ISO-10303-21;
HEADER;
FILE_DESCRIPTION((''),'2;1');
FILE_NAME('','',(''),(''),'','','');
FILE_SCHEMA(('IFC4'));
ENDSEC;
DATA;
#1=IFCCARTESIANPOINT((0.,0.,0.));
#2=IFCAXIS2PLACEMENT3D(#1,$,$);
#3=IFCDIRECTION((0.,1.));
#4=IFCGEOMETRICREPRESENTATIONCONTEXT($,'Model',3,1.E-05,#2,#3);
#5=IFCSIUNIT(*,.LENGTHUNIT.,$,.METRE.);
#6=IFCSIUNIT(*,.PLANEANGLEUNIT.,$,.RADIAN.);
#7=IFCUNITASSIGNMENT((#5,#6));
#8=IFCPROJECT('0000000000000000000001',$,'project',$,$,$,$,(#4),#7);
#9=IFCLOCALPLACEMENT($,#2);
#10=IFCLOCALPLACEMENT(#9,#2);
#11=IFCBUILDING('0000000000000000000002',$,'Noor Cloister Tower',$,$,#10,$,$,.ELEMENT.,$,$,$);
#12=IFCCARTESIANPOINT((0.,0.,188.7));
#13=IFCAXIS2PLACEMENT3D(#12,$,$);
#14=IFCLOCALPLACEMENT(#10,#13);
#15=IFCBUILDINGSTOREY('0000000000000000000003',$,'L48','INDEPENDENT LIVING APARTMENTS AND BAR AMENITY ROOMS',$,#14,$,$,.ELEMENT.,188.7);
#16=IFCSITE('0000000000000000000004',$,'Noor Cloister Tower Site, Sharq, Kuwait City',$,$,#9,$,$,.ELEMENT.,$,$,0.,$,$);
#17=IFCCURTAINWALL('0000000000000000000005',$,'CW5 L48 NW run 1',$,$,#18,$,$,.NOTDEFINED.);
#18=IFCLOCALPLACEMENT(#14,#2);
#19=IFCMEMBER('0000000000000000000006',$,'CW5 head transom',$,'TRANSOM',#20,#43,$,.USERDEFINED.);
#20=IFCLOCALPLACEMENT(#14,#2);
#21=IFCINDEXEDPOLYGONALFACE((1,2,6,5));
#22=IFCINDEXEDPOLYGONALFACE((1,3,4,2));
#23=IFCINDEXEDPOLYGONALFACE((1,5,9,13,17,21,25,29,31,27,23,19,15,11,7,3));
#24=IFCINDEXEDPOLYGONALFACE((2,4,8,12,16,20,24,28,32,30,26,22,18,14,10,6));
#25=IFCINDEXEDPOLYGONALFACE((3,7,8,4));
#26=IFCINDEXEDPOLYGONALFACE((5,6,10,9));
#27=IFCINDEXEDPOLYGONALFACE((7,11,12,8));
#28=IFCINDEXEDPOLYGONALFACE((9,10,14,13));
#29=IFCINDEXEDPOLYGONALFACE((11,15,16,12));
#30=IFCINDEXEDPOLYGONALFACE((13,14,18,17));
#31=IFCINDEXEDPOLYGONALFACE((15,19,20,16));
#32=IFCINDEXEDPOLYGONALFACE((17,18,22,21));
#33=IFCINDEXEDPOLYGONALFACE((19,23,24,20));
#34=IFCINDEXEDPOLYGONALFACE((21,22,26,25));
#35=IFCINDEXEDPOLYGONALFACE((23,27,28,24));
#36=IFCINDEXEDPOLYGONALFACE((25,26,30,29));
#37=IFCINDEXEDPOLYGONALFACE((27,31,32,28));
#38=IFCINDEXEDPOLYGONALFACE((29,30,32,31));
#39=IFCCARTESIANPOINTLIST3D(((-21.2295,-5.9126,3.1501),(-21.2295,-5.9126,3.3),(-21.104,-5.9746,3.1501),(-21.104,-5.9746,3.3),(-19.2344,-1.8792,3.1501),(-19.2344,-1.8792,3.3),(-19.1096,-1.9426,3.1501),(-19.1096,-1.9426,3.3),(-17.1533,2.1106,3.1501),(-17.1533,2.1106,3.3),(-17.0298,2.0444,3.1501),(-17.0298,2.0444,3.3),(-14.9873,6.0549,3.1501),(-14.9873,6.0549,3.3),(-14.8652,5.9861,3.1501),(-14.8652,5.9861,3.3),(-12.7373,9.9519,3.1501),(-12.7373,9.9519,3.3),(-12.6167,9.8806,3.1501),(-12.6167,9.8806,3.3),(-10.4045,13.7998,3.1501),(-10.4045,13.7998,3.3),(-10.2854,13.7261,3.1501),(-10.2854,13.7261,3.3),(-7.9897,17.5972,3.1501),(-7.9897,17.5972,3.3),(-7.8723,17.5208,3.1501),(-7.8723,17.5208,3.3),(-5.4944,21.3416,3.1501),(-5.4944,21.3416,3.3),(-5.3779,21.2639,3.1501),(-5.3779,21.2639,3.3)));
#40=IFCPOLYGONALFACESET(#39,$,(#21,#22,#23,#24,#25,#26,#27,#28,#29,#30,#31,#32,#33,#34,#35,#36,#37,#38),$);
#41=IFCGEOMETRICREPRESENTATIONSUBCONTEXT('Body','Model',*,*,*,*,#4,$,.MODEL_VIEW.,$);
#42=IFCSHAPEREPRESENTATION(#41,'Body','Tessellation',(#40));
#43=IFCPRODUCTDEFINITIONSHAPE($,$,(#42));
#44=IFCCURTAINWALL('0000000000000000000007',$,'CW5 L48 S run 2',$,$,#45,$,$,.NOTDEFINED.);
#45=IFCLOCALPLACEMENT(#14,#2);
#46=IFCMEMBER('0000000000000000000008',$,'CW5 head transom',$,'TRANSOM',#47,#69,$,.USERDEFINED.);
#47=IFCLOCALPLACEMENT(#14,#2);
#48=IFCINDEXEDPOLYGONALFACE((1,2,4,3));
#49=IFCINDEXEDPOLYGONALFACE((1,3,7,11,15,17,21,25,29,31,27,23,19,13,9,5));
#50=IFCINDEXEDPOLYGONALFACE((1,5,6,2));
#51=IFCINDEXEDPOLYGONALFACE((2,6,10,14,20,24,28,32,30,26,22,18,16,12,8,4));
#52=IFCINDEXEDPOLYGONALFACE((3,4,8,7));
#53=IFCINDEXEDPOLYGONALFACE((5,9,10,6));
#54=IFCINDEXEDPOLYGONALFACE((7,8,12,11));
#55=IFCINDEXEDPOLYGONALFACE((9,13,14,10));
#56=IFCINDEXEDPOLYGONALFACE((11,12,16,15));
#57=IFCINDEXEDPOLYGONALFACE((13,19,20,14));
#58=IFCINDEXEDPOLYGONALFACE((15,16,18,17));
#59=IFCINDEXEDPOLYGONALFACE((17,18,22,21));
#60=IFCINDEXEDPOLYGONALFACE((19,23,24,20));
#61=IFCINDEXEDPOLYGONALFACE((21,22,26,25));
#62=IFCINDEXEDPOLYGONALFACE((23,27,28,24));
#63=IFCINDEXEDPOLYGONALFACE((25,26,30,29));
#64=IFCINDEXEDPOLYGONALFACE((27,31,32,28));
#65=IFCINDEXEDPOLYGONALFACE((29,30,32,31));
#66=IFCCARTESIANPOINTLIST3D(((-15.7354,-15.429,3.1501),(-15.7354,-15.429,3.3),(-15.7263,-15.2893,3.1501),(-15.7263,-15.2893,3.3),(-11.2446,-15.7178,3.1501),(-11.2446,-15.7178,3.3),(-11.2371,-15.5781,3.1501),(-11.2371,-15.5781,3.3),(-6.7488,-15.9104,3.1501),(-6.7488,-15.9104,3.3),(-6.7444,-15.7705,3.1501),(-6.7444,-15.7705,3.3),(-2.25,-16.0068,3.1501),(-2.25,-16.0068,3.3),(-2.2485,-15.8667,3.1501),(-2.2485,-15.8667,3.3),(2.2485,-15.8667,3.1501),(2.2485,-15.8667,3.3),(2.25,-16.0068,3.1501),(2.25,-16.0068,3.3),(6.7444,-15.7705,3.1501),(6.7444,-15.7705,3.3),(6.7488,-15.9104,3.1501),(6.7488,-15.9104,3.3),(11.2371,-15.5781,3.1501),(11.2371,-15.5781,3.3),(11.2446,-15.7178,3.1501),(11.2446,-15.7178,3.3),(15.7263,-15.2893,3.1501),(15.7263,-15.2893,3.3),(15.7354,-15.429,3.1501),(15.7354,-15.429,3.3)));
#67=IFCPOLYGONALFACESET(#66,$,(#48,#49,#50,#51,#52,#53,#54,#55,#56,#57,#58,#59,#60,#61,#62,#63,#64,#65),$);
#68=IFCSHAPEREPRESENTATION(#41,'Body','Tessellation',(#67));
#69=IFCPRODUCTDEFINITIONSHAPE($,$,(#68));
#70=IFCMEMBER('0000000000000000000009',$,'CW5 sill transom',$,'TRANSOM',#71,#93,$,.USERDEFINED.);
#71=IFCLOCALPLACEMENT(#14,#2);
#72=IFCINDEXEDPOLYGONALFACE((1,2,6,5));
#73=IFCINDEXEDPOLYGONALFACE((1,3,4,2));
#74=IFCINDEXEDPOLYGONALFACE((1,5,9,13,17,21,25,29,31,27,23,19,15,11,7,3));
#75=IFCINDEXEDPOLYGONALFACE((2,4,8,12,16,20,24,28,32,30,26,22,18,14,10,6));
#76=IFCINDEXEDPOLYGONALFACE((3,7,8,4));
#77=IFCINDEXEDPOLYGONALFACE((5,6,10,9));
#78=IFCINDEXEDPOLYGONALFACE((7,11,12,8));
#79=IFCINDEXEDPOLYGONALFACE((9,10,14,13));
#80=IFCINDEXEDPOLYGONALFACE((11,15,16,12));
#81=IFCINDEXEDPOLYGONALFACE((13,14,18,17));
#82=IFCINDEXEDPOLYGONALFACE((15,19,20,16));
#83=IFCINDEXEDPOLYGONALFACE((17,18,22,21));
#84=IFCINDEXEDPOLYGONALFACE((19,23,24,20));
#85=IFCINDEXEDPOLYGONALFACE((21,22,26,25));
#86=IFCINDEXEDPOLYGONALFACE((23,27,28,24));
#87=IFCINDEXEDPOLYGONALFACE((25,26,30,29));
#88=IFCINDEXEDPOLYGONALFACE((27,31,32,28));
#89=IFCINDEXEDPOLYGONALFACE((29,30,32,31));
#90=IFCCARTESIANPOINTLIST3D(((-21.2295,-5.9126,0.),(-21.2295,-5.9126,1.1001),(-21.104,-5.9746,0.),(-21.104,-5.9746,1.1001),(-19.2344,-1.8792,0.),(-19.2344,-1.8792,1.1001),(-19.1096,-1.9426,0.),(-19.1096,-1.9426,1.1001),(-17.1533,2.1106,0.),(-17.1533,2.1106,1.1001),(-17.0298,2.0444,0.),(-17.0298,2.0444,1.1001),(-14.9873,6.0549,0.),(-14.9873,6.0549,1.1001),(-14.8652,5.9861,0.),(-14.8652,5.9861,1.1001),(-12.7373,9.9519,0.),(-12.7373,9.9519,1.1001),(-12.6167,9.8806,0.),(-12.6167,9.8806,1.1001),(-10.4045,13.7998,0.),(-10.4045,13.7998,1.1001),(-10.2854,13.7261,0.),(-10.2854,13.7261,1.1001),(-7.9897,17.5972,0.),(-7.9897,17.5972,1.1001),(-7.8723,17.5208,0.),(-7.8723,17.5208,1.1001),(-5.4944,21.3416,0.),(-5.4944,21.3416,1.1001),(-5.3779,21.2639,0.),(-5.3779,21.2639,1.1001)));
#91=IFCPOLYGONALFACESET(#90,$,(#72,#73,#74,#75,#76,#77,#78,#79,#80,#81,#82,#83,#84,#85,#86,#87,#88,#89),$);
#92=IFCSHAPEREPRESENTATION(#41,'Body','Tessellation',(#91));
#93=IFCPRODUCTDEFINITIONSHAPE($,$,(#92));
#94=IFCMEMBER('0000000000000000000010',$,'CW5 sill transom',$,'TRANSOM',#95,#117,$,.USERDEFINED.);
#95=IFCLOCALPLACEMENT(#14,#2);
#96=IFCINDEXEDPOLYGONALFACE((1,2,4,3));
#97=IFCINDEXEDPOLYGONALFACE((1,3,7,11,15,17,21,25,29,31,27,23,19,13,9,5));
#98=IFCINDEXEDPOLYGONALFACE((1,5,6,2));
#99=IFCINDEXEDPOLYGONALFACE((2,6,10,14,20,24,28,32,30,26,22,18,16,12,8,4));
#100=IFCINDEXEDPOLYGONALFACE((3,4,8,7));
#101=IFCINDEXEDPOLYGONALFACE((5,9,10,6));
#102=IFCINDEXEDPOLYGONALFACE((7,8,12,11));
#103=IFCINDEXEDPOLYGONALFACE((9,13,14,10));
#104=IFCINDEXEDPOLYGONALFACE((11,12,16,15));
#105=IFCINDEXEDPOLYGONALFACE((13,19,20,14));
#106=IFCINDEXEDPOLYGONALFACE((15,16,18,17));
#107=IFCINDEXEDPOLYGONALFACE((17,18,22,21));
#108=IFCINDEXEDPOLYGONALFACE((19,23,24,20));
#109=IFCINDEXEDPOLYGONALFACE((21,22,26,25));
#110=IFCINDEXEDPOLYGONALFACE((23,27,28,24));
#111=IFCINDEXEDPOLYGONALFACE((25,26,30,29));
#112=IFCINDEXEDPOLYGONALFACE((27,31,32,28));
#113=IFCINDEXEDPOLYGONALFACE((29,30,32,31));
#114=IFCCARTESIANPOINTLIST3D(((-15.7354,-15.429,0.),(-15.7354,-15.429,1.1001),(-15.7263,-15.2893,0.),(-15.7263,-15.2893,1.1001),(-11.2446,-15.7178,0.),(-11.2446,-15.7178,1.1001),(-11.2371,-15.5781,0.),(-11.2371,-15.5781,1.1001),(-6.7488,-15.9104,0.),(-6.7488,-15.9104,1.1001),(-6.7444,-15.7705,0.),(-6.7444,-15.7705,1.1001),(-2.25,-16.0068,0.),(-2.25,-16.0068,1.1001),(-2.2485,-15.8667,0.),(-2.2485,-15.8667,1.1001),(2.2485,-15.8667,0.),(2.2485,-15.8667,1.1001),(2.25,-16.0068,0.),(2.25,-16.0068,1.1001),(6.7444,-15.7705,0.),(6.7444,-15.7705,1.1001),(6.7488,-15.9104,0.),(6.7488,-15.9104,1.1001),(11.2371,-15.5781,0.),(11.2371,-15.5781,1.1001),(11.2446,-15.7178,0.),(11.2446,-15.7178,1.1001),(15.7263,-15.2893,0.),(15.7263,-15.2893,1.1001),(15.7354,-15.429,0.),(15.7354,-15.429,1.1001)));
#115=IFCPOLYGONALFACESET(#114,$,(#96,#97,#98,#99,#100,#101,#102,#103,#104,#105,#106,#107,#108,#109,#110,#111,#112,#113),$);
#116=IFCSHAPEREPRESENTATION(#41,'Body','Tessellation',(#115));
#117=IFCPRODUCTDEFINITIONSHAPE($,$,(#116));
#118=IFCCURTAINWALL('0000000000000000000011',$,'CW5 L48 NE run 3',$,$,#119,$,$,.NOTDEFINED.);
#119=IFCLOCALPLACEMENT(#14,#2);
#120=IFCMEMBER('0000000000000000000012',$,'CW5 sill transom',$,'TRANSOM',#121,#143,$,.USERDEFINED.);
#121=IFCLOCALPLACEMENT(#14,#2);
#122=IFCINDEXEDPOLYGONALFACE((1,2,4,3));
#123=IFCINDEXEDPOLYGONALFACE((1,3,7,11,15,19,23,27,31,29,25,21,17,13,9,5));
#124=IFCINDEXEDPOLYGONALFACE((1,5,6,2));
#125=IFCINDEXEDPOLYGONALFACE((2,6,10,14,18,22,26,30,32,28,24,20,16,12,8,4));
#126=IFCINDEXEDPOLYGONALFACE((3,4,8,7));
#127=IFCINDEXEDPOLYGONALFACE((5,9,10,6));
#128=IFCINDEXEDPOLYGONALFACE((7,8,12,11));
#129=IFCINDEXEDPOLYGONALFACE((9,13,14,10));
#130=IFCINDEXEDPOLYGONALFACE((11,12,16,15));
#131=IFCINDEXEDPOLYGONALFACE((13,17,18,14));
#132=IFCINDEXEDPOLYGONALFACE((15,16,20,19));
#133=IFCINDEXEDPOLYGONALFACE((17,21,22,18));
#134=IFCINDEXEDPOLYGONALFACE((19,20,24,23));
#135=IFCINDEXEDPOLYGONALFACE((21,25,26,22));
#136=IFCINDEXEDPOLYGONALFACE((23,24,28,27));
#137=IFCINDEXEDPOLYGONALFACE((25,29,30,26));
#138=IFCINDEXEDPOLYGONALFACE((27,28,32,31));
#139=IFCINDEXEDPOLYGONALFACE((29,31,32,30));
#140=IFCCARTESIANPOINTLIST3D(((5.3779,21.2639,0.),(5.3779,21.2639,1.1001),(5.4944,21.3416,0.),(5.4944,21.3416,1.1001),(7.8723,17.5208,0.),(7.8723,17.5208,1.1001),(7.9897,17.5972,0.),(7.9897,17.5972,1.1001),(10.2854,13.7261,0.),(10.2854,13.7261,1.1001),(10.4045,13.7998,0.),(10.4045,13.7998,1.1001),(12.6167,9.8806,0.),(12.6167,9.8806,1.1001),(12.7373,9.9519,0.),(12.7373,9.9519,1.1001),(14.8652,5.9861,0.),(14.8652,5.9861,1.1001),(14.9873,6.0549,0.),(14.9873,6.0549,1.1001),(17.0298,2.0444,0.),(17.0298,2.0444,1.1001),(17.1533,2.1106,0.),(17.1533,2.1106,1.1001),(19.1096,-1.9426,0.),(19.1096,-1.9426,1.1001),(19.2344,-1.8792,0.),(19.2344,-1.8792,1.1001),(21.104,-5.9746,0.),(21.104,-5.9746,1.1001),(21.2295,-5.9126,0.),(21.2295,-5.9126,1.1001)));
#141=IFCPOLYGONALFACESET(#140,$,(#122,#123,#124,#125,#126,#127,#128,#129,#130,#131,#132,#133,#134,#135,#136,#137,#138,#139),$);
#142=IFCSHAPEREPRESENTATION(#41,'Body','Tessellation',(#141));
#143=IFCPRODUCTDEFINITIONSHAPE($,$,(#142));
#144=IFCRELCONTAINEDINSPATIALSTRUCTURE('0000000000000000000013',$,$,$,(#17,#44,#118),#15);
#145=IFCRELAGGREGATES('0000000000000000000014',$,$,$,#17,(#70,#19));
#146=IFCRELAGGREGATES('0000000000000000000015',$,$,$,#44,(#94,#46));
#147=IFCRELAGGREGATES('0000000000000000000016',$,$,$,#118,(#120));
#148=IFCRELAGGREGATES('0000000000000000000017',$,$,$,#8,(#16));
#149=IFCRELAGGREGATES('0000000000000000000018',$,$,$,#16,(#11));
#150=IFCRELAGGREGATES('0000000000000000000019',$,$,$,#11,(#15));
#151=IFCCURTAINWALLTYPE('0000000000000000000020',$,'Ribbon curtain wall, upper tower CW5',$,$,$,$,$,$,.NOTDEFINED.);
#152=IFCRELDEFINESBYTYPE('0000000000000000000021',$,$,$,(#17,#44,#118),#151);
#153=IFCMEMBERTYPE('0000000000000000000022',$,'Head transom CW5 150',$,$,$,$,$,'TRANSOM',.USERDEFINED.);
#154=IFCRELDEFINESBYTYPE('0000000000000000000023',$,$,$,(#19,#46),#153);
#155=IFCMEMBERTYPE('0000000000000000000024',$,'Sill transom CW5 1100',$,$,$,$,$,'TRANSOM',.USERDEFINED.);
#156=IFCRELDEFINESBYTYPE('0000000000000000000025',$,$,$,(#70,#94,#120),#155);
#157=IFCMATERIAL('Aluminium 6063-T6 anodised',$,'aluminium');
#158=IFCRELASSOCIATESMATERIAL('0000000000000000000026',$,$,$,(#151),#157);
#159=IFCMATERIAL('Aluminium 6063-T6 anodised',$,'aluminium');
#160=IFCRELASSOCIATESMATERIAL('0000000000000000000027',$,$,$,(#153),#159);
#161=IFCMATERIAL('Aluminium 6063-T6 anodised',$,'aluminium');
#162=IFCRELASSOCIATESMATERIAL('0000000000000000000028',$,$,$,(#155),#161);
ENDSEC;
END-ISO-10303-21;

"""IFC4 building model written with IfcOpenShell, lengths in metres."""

from ifc_helpers import new_model, si_unit, direction, frame, origin, place, context, subcontext, project, spatial, polyline, outline, extrude, material, type_object, element, aggregate, save


model = new_model("IFC4")

# Units and contexts
model_context = context("Model", 3, precision=1e-05, world=origin(), true_north=direction((0.0, 1.0)))
body_context = subcontext(model_context, "Body", "Model", "MODEL_VIEW")
ifc_project = project(units=[si_unit("LENGTHUNIT", "METRE"), si_unit("PLANEANGLEUNIT", "RADIAN")], contexts=[model_context])

# Site, building, storey
site_placement = place(None, origin())
site = spatial("IfcSite", under=ifc_project, at=site_placement, Name="Noor Cloister Tower Site, Sharq, Kuwait City", CompositionType="ELEMENT", RefElevation=0.0)
building_placement = place(site_placement, origin())
building = spatial("IfcBuilding", under=site, at=building_placement, Name="Noor Cloister Tower", CompositionType="ELEMENT")
storey_placement = place(building_placement, frame((0.0, 0.0, 188.7)))
storey = spatial("IfcBuildingStorey", under=building, at=storey_placement, Name="L48", Description="INDEPENDENT LIVING APARTMENTS AND BAR AMENITY ROOMS", CompositionType="ELEMENT", Elevation=188.7)

# Curtain walls, members
ifc_material_1 = material(Name="Aluminium 6063-T6 anodised", Category="aluminium")
curtain_wall_type = type_object("IfcCurtainWallType", Name="Ribbon curtain wall, upper tower CW5", PredefinedType="NOTDEFINED", material=ifc_material_1)
curtain_wall_1_placement = place(storey_placement, origin())
curtain_wall_1 = element("IfcCurtainWall", 1, at=curtain_wall_1_placement, inside=storey, type_object=curtain_wall_type, Name="CW5 L48 NW run 1", PredefinedType="NOTDEFINED")
ifc_material_2 = material(Name="Aluminium 6063-T6 anodised", Category="aluminium")
member_type_1 = type_object("IfcMemberType", Name="Head transom CW5 150", ElementType="TRANSOM", PredefinedType="USERDEFINED", material=ifc_material_2)
member_1_placement = place(storey_placement, frame((0.0, 0.0, 3.1501)))
member_1 = element("IfcMember", 2, at=member_1_placement, type_object=member_type_1, Name="CW5 head transom", ObjectType="TRANSOM", PredefinedType="USERDEFINED", context=body_context, shape_type="SweptSolid", body=[
    extrude(outline(polyline([(-5.4944, 21.3416), (-7.9897, 17.5972), (-10.4045, 13.7998), (-12.7373, 9.9519), (-14.9873, 6.0549), (-17.1533, 2.1106), (-19.2344, -1.8792), (-21.2295, -5.9126), (-21.104, -5.9746), (-19.1096, -1.9426), (-17.0298, 2.0444), (-14.8652, 5.9861), (-12.6167, 9.8806), (-10.2854, 13.7261), (-7.8723, 17.5208), (-5.3779, 21.2639), (-5.4944, 21.3416)])), origin(), (0.0, 0.0, 1.0), 0.1499),
])
curtain_wall_2_placement = place(storey_placement, origin())
curtain_wall_2 = element("IfcCurtainWall", 3, at=curtain_wall_2_placement, inside=storey, type_object=curtain_wall_type, Name="CW5 L48 S run 2", PredefinedType="NOTDEFINED")
member_2_placement = place(storey_placement, frame((0.0, 0.0, 3.1501)))
member_2 = element("IfcMember", 4, at=member_2_placement, type_object=member_type_1, Name="CW5 head transom", ObjectType="TRANSOM", PredefinedType="USERDEFINED", context=body_context, shape_type="SweptSolid", body=[
    extrude(outline(polyline([(-15.7354, -15.429), (-11.2446, -15.7178), (-6.7488, -15.9104), (-2.25, -16.0068), (2.25, -16.0068), (6.7488, -15.9104), (11.2446, -15.7178), (15.7354, -15.429), (15.7263, -15.2893), (11.2371, -15.5781), (6.7444, -15.7705), (2.2485, -15.8667), (-2.2485, -15.8667), (-6.7444, -15.7705), (-11.2371, -15.5781), (-15.7263, -15.2893), (-15.7354, -15.429)])), origin(), (0.0, 0.0, 1.0), 0.1499),
])

# Members
ifc_material_3 = material(Name="Aluminium 6063-T6 anodised", Category="aluminium")
member_type_2 = type_object("IfcMemberType", Name="Sill transom CW5 1100", ElementType="TRANSOM", PredefinedType="USERDEFINED", material=ifc_material_3)
member_3_placement = place(storey_placement, origin())
member_3 = element("IfcMember", 5, at=member_3_placement, type_object=member_type_2, Name="CW5 sill transom", ObjectType="TRANSOM", PredefinedType="USERDEFINED", context=body_context, shape_type="SweptSolid", body=[
    extrude(outline(polyline([(-5.4944, 21.3416), (-7.9897, 17.5972), (-10.4045, 13.7998), (-12.7373, 9.9519), (-14.9873, 6.0549), (-17.1533, 2.1106), (-19.2344, -1.8792), (-21.2295, -5.9126), (-21.104, -5.9746), (-19.1096, -1.9426), (-17.0298, 2.0444), (-14.8652, 5.9861), (-12.6167, 9.8806), (-10.2854, 13.7261), (-7.8723, 17.5208), (-5.3779, 21.2639), (-5.4944, 21.3416)])), origin(), (0.0, 0.0, 1.0), 1.1001),
])
aggregate(curtain_wall_1, [member_3, member_1])
member_4_placement = place(storey_placement, origin())
member_4 = element("IfcMember", 6, at=member_4_placement, type_object=member_type_2, Name="CW5 sill transom", ObjectType="TRANSOM", PredefinedType="USERDEFINED", context=body_context, shape_type="SweptSolid", body=[
    extrude(outline(polyline([(-15.7354, -15.429), (-11.2446, -15.7178), (-6.7488, -15.9104), (-2.25, -16.0068), (2.25, -16.0068), (6.7488, -15.9104), (11.2446, -15.7178), (15.7354, -15.429), (15.7263, -15.2893), (11.2371, -15.5781), (6.7444, -15.7705), (2.2485, -15.8667), (-2.2485, -15.8667), (-6.7444, -15.7705), (-11.2371, -15.5781), (-15.7263, -15.2893), (-15.7354, -15.429)])), origin(), (0.0, 0.0, 1.0), 1.1001),
])
aggregate(curtain_wall_2, [member_4, member_2])

# Curtain wall, member
curtain_wall_3_placement = place(storey_placement, origin())
curtain_wall_3 = element("IfcCurtainWall", 7, at=curtain_wall_3_placement, inside=storey, type_object=curtain_wall_type, Name="CW5 L48 NE run 3", PredefinedType="NOTDEFINED")
member_5_placement = place(storey_placement, origin())
member_5 = element("IfcMember", 8, at=member_5_placement, type_object=member_type_2, Name="CW5 sill transom", ObjectType="TRANSOM", PredefinedType="USERDEFINED", context=body_context, shape_type="SweptSolid", body=[
    extrude(outline(polyline([(21.2295, -5.9126), (19.2344, -1.8792), (17.1533, 2.1106), (14.9873, 6.0549), (12.7373, 9.9519), (10.4045, 13.7998), (7.9897, 17.5972), (5.4944, 21.3416), (5.3779, 21.2639), (7.8723, 17.5208), (10.2854, 13.7261), (12.6167, 9.8806), (14.8652, 5.9861), (17.0298, 2.0444), (19.1096, -1.9426), (21.104, -5.9746), (21.2295, -5.9126)])), origin(), (0.0, 0.0, 1.0), 1.1001),
])
aggregate(curtain_wall_3, [member_5])

save(model, "model.ifc")
